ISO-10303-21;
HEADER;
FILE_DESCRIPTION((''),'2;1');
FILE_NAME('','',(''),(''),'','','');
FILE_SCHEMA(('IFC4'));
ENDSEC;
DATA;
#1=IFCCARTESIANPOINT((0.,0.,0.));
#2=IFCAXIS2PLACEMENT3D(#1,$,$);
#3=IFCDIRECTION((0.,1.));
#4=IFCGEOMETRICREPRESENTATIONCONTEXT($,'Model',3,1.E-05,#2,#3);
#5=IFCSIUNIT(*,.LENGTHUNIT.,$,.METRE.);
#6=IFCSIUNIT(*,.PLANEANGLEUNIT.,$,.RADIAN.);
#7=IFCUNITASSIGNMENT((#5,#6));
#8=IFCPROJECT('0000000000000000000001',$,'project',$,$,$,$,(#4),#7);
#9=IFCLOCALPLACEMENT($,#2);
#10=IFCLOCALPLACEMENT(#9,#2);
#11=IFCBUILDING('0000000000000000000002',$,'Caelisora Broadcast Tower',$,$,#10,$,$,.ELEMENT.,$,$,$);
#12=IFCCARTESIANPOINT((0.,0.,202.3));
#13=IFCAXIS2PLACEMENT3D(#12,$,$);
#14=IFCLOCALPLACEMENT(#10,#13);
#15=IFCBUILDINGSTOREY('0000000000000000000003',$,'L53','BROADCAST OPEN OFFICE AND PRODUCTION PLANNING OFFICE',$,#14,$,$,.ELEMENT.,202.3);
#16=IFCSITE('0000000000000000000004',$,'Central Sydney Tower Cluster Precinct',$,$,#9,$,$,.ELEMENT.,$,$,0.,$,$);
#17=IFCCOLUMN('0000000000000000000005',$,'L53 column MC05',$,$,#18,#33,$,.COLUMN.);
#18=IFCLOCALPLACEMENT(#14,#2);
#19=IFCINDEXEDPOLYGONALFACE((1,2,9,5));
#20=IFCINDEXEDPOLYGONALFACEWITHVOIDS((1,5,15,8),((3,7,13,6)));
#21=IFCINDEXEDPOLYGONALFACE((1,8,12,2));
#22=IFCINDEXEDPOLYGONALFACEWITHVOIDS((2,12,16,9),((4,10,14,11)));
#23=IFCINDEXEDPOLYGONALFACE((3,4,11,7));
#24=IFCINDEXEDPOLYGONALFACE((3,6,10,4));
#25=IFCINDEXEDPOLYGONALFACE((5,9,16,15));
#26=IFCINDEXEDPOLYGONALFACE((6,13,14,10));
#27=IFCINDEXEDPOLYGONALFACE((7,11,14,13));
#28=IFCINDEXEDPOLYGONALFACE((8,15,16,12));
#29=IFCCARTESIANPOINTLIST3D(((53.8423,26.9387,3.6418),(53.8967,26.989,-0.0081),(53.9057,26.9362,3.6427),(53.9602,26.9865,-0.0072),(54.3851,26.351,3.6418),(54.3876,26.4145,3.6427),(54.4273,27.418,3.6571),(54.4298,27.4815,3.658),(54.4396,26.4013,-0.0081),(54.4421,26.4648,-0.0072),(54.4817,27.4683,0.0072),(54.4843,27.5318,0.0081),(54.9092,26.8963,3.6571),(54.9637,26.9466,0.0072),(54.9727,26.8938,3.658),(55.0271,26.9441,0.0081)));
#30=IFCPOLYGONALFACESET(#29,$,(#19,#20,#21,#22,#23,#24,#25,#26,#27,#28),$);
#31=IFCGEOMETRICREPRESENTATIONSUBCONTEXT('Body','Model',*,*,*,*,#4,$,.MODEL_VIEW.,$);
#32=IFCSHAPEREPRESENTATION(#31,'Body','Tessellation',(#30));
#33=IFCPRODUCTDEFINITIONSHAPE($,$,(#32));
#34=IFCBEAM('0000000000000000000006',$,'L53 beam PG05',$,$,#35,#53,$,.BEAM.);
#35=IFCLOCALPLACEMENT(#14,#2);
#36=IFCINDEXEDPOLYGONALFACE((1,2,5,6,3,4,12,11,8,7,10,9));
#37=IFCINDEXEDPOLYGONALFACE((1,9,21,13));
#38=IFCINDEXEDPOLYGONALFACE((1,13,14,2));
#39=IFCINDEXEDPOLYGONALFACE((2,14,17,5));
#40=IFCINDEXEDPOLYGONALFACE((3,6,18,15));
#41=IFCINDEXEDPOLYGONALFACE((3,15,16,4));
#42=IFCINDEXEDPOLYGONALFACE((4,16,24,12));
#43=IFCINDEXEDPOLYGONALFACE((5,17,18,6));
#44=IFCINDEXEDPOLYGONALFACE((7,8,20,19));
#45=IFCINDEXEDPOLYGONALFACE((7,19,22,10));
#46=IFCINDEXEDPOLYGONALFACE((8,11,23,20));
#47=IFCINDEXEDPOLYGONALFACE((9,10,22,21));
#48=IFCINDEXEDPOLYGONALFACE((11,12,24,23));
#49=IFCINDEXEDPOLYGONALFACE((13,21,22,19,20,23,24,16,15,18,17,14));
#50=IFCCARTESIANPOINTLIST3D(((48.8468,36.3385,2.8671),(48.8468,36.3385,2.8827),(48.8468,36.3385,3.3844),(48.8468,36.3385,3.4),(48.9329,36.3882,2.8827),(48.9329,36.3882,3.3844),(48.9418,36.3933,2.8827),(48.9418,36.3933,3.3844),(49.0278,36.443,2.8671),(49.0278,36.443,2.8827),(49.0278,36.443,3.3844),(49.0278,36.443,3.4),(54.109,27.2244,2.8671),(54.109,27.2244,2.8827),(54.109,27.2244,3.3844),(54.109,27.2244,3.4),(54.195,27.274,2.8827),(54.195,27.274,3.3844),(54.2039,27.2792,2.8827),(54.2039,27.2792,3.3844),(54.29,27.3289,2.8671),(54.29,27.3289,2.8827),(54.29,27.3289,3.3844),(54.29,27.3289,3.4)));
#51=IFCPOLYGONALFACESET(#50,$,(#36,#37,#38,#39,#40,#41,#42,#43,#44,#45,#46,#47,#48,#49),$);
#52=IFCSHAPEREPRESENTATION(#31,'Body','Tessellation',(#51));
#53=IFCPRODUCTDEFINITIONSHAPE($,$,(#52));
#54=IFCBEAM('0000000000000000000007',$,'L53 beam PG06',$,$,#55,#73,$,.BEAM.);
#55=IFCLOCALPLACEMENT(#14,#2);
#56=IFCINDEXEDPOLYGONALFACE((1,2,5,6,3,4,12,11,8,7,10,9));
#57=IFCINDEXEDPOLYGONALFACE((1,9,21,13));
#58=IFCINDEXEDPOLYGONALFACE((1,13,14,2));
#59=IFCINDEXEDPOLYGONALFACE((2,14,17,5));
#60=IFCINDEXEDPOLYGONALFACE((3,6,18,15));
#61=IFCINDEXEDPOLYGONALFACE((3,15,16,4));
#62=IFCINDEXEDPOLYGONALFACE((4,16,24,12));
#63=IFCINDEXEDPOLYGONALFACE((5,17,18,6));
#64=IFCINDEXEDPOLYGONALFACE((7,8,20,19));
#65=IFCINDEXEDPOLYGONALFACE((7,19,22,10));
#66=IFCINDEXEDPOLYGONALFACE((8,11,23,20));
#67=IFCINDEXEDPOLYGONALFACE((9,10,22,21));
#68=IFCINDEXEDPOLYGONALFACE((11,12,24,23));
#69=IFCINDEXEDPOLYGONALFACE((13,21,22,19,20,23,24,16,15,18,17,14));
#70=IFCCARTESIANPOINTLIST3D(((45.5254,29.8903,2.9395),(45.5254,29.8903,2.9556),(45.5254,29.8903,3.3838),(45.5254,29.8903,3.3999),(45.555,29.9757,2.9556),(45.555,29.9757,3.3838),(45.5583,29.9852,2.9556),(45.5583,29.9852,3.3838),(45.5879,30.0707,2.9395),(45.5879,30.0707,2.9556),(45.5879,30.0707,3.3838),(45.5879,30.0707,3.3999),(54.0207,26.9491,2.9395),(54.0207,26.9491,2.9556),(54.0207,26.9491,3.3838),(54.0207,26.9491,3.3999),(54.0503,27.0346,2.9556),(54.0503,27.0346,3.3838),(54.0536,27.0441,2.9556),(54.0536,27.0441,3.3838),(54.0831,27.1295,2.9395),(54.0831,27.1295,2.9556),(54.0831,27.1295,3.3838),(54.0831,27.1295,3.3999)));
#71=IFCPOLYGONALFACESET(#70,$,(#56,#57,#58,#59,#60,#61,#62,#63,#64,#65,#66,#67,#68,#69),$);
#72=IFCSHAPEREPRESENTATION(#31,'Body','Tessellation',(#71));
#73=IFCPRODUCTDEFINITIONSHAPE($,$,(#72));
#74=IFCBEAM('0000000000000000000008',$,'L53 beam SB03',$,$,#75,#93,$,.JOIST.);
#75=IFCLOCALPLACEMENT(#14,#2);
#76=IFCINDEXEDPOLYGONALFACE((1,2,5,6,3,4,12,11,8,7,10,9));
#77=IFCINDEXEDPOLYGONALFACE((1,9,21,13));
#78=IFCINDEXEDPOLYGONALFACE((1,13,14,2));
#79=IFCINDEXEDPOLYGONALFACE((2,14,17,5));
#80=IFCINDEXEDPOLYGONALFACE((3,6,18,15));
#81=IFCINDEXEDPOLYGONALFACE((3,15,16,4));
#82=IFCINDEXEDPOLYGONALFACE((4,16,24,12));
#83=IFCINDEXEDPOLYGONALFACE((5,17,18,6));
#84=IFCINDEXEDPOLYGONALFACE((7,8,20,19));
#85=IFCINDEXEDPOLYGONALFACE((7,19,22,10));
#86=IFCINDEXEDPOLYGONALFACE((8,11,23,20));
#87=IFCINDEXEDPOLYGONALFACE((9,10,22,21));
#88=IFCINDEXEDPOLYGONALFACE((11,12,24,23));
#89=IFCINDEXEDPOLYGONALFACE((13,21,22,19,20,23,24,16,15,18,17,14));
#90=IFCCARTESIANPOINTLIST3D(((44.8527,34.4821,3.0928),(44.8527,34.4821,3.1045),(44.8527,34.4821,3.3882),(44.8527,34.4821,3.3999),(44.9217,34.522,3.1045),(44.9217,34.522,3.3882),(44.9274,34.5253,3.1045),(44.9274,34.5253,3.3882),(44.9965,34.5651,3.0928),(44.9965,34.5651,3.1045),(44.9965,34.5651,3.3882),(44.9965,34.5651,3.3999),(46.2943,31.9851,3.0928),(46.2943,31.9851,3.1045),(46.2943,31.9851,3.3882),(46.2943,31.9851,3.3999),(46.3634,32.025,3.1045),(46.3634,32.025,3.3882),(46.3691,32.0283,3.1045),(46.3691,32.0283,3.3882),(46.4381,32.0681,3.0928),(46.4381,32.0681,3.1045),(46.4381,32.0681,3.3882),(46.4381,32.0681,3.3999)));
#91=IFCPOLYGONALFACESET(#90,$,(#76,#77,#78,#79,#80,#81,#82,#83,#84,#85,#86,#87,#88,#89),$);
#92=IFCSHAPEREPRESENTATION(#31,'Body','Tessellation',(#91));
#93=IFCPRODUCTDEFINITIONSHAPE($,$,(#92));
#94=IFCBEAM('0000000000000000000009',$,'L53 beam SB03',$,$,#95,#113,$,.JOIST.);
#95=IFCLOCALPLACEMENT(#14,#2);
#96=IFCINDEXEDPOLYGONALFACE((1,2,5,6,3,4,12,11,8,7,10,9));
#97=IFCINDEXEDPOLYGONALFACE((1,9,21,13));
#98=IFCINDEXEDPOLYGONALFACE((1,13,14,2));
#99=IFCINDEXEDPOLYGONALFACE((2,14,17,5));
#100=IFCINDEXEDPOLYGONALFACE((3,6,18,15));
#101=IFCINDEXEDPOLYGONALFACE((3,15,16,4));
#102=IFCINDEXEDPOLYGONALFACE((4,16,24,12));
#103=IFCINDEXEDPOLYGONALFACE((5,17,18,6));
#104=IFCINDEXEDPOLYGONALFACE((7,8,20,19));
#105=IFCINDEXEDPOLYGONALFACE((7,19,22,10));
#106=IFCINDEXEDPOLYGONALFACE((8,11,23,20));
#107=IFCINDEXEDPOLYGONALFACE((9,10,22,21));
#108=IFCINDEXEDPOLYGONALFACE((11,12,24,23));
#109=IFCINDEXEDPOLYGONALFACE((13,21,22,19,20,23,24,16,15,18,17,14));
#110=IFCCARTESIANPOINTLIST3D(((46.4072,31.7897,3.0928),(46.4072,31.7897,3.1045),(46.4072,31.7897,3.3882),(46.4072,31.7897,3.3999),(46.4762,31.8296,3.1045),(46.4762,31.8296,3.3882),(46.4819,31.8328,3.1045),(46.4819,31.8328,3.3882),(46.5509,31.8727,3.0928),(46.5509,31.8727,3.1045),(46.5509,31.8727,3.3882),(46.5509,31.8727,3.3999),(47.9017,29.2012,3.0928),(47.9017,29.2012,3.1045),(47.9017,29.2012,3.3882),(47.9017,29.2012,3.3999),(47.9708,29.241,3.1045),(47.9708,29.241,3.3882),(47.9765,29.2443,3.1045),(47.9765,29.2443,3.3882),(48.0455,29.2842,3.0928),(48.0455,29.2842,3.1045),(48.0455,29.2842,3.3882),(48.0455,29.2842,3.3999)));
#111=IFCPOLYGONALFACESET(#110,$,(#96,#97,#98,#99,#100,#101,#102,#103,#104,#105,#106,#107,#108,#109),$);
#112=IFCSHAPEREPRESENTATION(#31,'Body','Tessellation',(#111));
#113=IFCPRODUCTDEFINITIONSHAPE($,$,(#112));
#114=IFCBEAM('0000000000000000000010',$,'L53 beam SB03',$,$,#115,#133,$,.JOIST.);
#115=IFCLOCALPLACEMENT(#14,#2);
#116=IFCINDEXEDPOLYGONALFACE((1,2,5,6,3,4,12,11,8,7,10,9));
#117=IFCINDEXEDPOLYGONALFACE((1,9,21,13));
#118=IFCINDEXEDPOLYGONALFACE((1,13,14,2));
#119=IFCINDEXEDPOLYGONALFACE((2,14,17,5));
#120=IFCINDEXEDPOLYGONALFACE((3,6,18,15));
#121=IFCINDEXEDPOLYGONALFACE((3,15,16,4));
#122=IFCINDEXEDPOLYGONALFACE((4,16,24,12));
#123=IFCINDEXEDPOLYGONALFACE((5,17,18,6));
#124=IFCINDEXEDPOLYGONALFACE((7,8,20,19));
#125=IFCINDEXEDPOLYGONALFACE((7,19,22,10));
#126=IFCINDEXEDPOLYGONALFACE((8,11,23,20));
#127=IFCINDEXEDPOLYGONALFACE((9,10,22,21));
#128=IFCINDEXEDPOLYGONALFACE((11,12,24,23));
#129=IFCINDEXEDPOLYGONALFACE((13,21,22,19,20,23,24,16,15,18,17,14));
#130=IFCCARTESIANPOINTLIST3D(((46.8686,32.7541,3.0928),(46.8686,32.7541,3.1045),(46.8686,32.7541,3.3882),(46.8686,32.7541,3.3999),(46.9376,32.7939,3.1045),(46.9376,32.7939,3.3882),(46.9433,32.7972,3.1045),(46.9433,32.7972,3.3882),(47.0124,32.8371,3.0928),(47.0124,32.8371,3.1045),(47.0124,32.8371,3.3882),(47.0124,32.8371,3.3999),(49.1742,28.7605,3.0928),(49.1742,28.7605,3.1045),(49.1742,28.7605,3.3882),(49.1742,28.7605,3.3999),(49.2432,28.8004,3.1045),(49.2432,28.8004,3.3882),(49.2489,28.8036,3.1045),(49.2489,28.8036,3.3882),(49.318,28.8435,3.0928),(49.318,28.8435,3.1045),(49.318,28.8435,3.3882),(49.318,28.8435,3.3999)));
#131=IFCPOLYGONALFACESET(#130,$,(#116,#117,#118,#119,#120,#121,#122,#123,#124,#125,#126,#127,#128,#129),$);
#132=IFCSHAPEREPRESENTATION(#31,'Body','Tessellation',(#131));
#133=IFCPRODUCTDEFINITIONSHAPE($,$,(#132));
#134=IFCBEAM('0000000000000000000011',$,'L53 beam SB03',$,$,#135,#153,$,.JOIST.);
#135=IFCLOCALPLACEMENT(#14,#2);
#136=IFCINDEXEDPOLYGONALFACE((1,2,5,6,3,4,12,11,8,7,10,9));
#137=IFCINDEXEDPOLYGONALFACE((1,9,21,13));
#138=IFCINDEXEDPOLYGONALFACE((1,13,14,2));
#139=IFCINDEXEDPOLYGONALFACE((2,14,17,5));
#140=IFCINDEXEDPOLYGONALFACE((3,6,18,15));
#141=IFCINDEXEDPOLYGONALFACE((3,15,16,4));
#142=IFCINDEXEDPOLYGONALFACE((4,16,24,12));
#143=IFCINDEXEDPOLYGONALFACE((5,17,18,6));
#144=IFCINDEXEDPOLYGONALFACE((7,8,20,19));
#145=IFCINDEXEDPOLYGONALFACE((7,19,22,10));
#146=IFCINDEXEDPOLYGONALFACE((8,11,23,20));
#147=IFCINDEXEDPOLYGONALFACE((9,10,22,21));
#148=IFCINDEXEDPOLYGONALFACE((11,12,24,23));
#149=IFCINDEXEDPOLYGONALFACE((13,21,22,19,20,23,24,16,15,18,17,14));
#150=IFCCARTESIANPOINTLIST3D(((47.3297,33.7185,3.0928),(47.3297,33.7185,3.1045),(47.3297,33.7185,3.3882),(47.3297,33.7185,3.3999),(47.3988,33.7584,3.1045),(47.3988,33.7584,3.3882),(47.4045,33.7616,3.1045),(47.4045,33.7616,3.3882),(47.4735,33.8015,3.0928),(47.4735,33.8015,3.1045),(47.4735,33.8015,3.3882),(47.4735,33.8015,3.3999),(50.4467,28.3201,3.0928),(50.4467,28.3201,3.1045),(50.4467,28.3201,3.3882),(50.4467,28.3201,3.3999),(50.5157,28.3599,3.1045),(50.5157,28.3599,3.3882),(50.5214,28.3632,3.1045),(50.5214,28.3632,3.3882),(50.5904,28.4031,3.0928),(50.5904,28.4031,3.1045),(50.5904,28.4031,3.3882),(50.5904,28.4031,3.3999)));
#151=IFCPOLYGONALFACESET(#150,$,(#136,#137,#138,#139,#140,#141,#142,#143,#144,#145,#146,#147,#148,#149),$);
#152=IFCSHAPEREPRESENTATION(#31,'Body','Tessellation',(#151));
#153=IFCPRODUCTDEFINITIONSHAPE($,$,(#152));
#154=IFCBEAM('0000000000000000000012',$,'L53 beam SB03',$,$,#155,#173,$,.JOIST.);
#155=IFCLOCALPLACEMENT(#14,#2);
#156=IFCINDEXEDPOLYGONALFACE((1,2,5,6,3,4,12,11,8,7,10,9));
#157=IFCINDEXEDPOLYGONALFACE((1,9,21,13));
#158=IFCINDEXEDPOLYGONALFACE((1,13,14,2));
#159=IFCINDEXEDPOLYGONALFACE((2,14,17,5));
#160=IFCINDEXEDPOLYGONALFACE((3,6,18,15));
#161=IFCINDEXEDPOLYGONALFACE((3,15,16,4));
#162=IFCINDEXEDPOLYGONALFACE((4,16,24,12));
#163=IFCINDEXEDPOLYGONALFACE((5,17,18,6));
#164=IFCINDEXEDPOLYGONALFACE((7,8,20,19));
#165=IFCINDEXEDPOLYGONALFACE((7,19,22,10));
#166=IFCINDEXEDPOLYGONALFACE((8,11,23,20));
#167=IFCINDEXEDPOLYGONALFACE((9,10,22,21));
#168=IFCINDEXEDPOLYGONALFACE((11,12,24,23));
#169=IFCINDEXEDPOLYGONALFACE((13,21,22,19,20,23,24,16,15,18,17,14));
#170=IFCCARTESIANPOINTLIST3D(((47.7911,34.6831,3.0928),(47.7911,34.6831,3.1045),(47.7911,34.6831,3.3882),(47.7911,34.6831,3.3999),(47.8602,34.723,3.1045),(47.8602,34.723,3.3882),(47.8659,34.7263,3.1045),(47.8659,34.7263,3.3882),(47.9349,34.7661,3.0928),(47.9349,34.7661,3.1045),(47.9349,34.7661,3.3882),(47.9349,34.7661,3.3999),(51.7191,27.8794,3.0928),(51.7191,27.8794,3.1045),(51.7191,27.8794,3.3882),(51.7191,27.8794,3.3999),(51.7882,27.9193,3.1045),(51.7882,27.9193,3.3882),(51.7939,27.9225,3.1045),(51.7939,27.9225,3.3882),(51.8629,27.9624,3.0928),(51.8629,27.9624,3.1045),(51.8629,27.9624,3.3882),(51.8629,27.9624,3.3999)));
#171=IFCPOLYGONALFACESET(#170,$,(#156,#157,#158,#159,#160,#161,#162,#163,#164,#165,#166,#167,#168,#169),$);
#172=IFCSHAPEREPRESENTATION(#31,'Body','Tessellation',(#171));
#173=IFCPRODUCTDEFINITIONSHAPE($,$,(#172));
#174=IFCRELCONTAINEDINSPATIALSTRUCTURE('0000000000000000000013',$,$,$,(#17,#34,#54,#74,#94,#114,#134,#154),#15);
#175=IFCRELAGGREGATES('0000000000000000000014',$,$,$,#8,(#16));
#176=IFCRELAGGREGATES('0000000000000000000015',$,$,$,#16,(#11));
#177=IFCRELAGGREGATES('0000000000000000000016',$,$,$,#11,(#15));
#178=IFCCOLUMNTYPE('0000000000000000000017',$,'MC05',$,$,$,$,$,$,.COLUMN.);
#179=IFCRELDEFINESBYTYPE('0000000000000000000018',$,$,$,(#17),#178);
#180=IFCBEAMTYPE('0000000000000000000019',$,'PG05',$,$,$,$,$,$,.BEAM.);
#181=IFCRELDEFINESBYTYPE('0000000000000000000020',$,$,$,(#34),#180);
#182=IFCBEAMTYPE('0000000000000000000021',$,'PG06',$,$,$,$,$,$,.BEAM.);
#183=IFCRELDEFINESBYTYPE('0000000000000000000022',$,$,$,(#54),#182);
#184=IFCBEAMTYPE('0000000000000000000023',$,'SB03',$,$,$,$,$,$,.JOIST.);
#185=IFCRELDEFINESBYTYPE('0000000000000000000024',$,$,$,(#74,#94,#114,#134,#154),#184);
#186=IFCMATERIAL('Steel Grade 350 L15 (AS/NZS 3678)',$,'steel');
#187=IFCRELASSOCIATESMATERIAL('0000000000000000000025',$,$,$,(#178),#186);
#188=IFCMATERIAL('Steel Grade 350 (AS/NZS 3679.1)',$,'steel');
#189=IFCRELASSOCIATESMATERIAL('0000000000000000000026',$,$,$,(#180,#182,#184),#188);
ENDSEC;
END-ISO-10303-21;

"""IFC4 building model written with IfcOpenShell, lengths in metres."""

from ifc_helpers import new_model, si_unit, direction, frame, origin, origin_2d, place, context, subcontext, project, spatial, hollow_rectangle, i_section, extrude, source, transform, mapped, material, material_profile, profile_set, type_object, type_shapes, element, save


model = new_model("IFC4")

# Units and contexts
model_context = context("Model", 3, precision=1e-05, world=origin(), true_north=direction((0.0, 1.0)))
body_context = subcontext(model_context, "Body", "Model", "MODEL_VIEW")
ifc_project = project(units=[si_unit("LENGTHUNIT", "METRE"), si_unit("PLANEANGLEUNIT", "RADIAN")], contexts=[model_context])

# Site, building, storey
site_placement = place(None, origin())
site = spatial("IfcSite", under=ifc_project, at=site_placement, Name="Central Sydney Tower Cluster Precinct", CompositionType="ELEMENT", RefElevation=0.0)
building_placement = place(site_placement, origin())
building = spatial("IfcBuilding", under=site, at=building_placement, Name="Caelisora Broadcast Tower", CompositionType="ELEMENT")
storey_placement = place(building_placement, frame((0.0, 0.0, 202.3)))
storey = spatial("IfcBuildingStorey", under=building, at=storey_placement, Name="L53", Description="BROADCAST OPEN OFFICE AND PRODUCTION PLANNING OFFICE", CompositionType="ELEMENT", Elevation=202.3)

# Column
ifc_material_1 = material(Name="Steel Grade 350 L15 (AS/NZS 3678)", Category="steel")
ifc_material_profile_1 = material_profile(ifc_material_1, hollow_rectangle(XDim=0.8, YDim=0.8, WallThickness=0.0449, at=origin_2d()), Name="Steel Grade 350 L15 (AS/NZS 3678)")
ifc_profile_set_1 = profile_set([ifc_material_profile_1], Name="Steel Grade 350 L15 (AS/NZS 3678)")
column_type = type_object("IfcColumnType", Name="MC05", PredefinedType="COLUMN", material=ifc_profile_set_1)
shared_shape_1 = source(origin(), body_context, "Body", "SweptSolid", [
    extrude(hollow_rectangle(XDim=0.8, YDim=0.8, WallThickness=0.0449, at=origin_2d()), origin(), (0.0, 0.0, 1.0), 3.6506),
])
type_shapes(column_type, [shared_shape_1])
column_placement = place(storey_placement, frame((54.4619, 26.9666, 0.0), z_axis=(-0.014913, -0.013776, 0.999794), x_axis=(0.678554, -0.734551, 0.0)))
element("IfcColumn", 1, at=column_placement, inside=storey, type_object=column_type, Name="L53 column MC05", PredefinedType="COLUMN", context=body_context, shape_type="MappedRepresentation", body=[
    mapped(shared_shape_1, transform((0.0, 0.0, 0.0), scale=1.0)),
])

# Beams
ifc_material_2 = material(Name="Steel Grade 350 (AS/NZS 3679.1)", Category="steel")
ifc_material_profile_2 = material_profile(ifc_material_2, i_section(OverallWidth=0.209, OverallDepth=0.533, WebThickness=0.0103, FlangeThickness=0.0156, at=origin_2d()), Name="Steel Grade 350 (AS/NZS 3679.1)")
ifc_profile_set_2 = profile_set([ifc_material_profile_2], Name="Steel Grade 350 (AS/NZS 3679.1)")
beam_type_1 = type_object("IfcBeamType", Name="PG05", PredefinedType="BEAM", material=ifc_profile_set_2)
shared_shape_2 = source(origin(), body_context, "Body", "SweptSolid", [
    extrude(i_section(OverallWidth=0.209, OverallDepth=0.533, WebThickness=0.0103, FlangeThickness=0.0156, at=origin_2d()), origin(), (0.0, 0.0, 1.0), 10.5242),
])
type_shapes(beam_type_1, [shared_shape_2])
beam_1_placement = place(storey_placement, frame((54.1995, 27.2766, 3.1335), z_axis=(-0.500006, 0.866022, 0.0), x_axis=(-0.866022, -0.500006, 0.0)))
element("IfcBeam", 2, at=beam_1_placement, inside=storey, type_object=beam_type_1, Name="L53 beam PG05", PredefinedType="BEAM", context=body_context, shape_type="MappedRepresentation", body=[
    mapped(shared_shape_2, transform((0.0, 0.0, 0.0), scale=1.0)),
])
ifc_material_profile_3 = material_profile(ifc_material_2, i_section(OverallWidth=0.1909, OverallDepth=0.4604, WebThickness=0.01, FlangeThickness=0.0161, at=origin_2d()), Name="Steel Grade 350 (AS/NZS 3679.1)")
ifc_profile_set_3 = profile_set([ifc_material_profile_3], Name="Steel Grade 350 (AS/NZS 3679.1)")
beam_type_2 = type_object("IfcBeamType", Name="PG06", PredefinedType="BEAM", material=ifc_profile_set_3)
shared_shape_3 = source(origin(), body_context, "Body", "SweptSolid", [
    extrude(i_section(OverallWidth=0.1909, OverallDepth=0.4604, WebThickness=0.01, FlangeThickness=0.0161, at=origin_2d()), origin(), (0.0, 0.0, 1.0), 8.99),
])
type_shapes(beam_type_2, [shared_shape_3])
beam_2_placement = place(storey_placement, frame((45.5566, 29.9805, 3.1697), z_axis=(0.94497, -0.327156, 0.0), x_axis=(0.327156, 0.94497, 0.0)))
element("IfcBeam", 3, at=beam_2_placement, inside=storey, type_object=beam_type_2, Name="L53 beam PG06", PredefinedType="BEAM", context=body_context, shape_type="MappedRepresentation", body=[
    mapped(shared_shape_3, transform((0.0, 0.0, 0.0), scale=1.0)),
])
ifc_material_profile_4 = material_profile(ifc_material_2, i_section(OverallWidth=0.166, OverallDepth=0.3071, WebThickness=0.0066, FlangeThickness=0.0117, at=origin_2d()), Name="Steel Grade 350 (AS/NZS 3679.1)")
ifc_profile_set_4 = profile_set([ifc_material_profile_4], Name="Steel Grade 350 (AS/NZS 3679.1)")
beam_type_3 = type_object("IfcBeamType", Name="SB03", PredefinedType="JOIST", material=ifc_profile_set_4)
shared_shape_4 = source(origin(), body_context, "Body", "SweptSolid", [
    extrude(i_section(OverallWidth=0.166, OverallDepth=0.3071, WebThickness=0.0066, FlangeThickness=0.0117, at=origin_2d()), origin(), (0.0, 0.0, 1.0), 2.8833),
])
beam_3_placement = place(storey_placement, frame((46.3662, 32.0266, 3.2463), z_axis=(-0.499991, 0.86603, 0.0), x_axis=(-0.86603, -0.499991, 0.0)))
element("IfcBeam", 4, at=beam_3_placement, inside=storey, type_object=beam_type_3, Name="L53 beam SB03", PredefinedType="JOIST", context=body_context, shape_type="MappedRepresentation", body=[
    mapped(shared_shape_4, transform((0.0, 0.0, 0.0), scale=1.0)),
])
shared_shape_5 = source(origin(), body_context, "Body", "SweptSolid", [
    extrude(i_section(OverallWidth=0.166, OverallDepth=0.3071, WebThickness=0.0066, FlangeThickness=0.0117, at=origin_2d()), origin(), (0.0, 0.0, 1.0), 2.989),
])
beam_4_placement = place(storey_placement, frame((47.9736, 29.2427, 3.2463), z_axis=(-0.500022, 0.866013, 0.0), x_axis=(-0.866013, -0.500022, 0.0)))
element("IfcBeam", 5, at=beam_4_placement, inside=storey, type_object=beam_type_3, Name="L53 beam SB03", PredefinedType="JOIST", context=body_context, shape_type="MappedRepresentation", body=[
    mapped(shared_shape_5, transform((0.0, 0.0, 0.0), scale=1.0)),
])
shared_shape_6 = source(origin(), body_context, "Body", "SweptSolid", [
    extrude(i_section(OverallWidth=0.166, OverallDepth=0.3071, WebThickness=0.0066, FlangeThickness=0.0117, at=origin_2d()), origin(), (0.0, 0.0, 1.0), 4.6113),
])
beam_5_placement = place(storey_placement, frame((49.2461, 28.802, 3.2463), z_axis=(-0.499988, 0.866032, 0.0), x_axis=(-0.866032, -0.499988, 0.0)))
element("IfcBeam", 6, at=beam_5_placement, inside=storey, type_object=beam_type_3, Name="L53 beam SB03", PredefinedType="JOIST", context=body_context, shape_type="MappedRepresentation", body=[
    mapped(shared_shape_6, transform((0.0, 0.0, 0.0), scale=1.0)),
])
shared_shape_7 = source(origin(), body_context, "Body", "SweptSolid", [
    extrude(i_section(OverallWidth=0.166, OverallDepth=0.3071, WebThickness=0.0066, FlangeThickness=0.0117, at=origin_2d()), origin(), (0.0, 0.0, 1.0), 6.2336),
])
beam_6_placement = place(storey_placement, frame((50.5186, 28.3616, 3.2463), z_axis=(-0.500019, 0.866015, 0.0), x_axis=(-0.866015, -0.500019, 0.0)))
element("IfcBeam", 7, at=beam_6_placement, inside=storey, type_object=beam_type_3, Name="L53 beam SB03", PredefinedType="JOIST", context=body_context, shape_type="MappedRepresentation", body=[
    mapped(shared_shape_7, transform((0.0, 0.0, 0.0), scale=1.0)),
])
shared_shape_8 = source(origin(), body_context, "Body", "SweptSolid", [
    extrude(i_section(OverallWidth=0.166, OverallDepth=0.3071, WebThickness=0.0066, FlangeThickness=0.0117, at=origin_2d()), origin(), (0.0, 0.0, 1.0), 7.8562),
])
beam_7_placement = place(storey_placement, frame((51.791, 27.9209, 3.2463), z_axis=(-0.499986, 0.866033, 0.0), x_axis=(-0.866033, -0.499986, 0.0)))
element("IfcBeam", 8, at=beam_7_placement, inside=storey, type_object=beam_type_3, Name="L53 beam SB03", PredefinedType="JOIST", context=body_context, shape_type="MappedRepresentation", body=[
    mapped(shared_shape_8, transform((0.0, 0.0, 0.0), scale=1.0)),
])

save(model, "model.ifc")
